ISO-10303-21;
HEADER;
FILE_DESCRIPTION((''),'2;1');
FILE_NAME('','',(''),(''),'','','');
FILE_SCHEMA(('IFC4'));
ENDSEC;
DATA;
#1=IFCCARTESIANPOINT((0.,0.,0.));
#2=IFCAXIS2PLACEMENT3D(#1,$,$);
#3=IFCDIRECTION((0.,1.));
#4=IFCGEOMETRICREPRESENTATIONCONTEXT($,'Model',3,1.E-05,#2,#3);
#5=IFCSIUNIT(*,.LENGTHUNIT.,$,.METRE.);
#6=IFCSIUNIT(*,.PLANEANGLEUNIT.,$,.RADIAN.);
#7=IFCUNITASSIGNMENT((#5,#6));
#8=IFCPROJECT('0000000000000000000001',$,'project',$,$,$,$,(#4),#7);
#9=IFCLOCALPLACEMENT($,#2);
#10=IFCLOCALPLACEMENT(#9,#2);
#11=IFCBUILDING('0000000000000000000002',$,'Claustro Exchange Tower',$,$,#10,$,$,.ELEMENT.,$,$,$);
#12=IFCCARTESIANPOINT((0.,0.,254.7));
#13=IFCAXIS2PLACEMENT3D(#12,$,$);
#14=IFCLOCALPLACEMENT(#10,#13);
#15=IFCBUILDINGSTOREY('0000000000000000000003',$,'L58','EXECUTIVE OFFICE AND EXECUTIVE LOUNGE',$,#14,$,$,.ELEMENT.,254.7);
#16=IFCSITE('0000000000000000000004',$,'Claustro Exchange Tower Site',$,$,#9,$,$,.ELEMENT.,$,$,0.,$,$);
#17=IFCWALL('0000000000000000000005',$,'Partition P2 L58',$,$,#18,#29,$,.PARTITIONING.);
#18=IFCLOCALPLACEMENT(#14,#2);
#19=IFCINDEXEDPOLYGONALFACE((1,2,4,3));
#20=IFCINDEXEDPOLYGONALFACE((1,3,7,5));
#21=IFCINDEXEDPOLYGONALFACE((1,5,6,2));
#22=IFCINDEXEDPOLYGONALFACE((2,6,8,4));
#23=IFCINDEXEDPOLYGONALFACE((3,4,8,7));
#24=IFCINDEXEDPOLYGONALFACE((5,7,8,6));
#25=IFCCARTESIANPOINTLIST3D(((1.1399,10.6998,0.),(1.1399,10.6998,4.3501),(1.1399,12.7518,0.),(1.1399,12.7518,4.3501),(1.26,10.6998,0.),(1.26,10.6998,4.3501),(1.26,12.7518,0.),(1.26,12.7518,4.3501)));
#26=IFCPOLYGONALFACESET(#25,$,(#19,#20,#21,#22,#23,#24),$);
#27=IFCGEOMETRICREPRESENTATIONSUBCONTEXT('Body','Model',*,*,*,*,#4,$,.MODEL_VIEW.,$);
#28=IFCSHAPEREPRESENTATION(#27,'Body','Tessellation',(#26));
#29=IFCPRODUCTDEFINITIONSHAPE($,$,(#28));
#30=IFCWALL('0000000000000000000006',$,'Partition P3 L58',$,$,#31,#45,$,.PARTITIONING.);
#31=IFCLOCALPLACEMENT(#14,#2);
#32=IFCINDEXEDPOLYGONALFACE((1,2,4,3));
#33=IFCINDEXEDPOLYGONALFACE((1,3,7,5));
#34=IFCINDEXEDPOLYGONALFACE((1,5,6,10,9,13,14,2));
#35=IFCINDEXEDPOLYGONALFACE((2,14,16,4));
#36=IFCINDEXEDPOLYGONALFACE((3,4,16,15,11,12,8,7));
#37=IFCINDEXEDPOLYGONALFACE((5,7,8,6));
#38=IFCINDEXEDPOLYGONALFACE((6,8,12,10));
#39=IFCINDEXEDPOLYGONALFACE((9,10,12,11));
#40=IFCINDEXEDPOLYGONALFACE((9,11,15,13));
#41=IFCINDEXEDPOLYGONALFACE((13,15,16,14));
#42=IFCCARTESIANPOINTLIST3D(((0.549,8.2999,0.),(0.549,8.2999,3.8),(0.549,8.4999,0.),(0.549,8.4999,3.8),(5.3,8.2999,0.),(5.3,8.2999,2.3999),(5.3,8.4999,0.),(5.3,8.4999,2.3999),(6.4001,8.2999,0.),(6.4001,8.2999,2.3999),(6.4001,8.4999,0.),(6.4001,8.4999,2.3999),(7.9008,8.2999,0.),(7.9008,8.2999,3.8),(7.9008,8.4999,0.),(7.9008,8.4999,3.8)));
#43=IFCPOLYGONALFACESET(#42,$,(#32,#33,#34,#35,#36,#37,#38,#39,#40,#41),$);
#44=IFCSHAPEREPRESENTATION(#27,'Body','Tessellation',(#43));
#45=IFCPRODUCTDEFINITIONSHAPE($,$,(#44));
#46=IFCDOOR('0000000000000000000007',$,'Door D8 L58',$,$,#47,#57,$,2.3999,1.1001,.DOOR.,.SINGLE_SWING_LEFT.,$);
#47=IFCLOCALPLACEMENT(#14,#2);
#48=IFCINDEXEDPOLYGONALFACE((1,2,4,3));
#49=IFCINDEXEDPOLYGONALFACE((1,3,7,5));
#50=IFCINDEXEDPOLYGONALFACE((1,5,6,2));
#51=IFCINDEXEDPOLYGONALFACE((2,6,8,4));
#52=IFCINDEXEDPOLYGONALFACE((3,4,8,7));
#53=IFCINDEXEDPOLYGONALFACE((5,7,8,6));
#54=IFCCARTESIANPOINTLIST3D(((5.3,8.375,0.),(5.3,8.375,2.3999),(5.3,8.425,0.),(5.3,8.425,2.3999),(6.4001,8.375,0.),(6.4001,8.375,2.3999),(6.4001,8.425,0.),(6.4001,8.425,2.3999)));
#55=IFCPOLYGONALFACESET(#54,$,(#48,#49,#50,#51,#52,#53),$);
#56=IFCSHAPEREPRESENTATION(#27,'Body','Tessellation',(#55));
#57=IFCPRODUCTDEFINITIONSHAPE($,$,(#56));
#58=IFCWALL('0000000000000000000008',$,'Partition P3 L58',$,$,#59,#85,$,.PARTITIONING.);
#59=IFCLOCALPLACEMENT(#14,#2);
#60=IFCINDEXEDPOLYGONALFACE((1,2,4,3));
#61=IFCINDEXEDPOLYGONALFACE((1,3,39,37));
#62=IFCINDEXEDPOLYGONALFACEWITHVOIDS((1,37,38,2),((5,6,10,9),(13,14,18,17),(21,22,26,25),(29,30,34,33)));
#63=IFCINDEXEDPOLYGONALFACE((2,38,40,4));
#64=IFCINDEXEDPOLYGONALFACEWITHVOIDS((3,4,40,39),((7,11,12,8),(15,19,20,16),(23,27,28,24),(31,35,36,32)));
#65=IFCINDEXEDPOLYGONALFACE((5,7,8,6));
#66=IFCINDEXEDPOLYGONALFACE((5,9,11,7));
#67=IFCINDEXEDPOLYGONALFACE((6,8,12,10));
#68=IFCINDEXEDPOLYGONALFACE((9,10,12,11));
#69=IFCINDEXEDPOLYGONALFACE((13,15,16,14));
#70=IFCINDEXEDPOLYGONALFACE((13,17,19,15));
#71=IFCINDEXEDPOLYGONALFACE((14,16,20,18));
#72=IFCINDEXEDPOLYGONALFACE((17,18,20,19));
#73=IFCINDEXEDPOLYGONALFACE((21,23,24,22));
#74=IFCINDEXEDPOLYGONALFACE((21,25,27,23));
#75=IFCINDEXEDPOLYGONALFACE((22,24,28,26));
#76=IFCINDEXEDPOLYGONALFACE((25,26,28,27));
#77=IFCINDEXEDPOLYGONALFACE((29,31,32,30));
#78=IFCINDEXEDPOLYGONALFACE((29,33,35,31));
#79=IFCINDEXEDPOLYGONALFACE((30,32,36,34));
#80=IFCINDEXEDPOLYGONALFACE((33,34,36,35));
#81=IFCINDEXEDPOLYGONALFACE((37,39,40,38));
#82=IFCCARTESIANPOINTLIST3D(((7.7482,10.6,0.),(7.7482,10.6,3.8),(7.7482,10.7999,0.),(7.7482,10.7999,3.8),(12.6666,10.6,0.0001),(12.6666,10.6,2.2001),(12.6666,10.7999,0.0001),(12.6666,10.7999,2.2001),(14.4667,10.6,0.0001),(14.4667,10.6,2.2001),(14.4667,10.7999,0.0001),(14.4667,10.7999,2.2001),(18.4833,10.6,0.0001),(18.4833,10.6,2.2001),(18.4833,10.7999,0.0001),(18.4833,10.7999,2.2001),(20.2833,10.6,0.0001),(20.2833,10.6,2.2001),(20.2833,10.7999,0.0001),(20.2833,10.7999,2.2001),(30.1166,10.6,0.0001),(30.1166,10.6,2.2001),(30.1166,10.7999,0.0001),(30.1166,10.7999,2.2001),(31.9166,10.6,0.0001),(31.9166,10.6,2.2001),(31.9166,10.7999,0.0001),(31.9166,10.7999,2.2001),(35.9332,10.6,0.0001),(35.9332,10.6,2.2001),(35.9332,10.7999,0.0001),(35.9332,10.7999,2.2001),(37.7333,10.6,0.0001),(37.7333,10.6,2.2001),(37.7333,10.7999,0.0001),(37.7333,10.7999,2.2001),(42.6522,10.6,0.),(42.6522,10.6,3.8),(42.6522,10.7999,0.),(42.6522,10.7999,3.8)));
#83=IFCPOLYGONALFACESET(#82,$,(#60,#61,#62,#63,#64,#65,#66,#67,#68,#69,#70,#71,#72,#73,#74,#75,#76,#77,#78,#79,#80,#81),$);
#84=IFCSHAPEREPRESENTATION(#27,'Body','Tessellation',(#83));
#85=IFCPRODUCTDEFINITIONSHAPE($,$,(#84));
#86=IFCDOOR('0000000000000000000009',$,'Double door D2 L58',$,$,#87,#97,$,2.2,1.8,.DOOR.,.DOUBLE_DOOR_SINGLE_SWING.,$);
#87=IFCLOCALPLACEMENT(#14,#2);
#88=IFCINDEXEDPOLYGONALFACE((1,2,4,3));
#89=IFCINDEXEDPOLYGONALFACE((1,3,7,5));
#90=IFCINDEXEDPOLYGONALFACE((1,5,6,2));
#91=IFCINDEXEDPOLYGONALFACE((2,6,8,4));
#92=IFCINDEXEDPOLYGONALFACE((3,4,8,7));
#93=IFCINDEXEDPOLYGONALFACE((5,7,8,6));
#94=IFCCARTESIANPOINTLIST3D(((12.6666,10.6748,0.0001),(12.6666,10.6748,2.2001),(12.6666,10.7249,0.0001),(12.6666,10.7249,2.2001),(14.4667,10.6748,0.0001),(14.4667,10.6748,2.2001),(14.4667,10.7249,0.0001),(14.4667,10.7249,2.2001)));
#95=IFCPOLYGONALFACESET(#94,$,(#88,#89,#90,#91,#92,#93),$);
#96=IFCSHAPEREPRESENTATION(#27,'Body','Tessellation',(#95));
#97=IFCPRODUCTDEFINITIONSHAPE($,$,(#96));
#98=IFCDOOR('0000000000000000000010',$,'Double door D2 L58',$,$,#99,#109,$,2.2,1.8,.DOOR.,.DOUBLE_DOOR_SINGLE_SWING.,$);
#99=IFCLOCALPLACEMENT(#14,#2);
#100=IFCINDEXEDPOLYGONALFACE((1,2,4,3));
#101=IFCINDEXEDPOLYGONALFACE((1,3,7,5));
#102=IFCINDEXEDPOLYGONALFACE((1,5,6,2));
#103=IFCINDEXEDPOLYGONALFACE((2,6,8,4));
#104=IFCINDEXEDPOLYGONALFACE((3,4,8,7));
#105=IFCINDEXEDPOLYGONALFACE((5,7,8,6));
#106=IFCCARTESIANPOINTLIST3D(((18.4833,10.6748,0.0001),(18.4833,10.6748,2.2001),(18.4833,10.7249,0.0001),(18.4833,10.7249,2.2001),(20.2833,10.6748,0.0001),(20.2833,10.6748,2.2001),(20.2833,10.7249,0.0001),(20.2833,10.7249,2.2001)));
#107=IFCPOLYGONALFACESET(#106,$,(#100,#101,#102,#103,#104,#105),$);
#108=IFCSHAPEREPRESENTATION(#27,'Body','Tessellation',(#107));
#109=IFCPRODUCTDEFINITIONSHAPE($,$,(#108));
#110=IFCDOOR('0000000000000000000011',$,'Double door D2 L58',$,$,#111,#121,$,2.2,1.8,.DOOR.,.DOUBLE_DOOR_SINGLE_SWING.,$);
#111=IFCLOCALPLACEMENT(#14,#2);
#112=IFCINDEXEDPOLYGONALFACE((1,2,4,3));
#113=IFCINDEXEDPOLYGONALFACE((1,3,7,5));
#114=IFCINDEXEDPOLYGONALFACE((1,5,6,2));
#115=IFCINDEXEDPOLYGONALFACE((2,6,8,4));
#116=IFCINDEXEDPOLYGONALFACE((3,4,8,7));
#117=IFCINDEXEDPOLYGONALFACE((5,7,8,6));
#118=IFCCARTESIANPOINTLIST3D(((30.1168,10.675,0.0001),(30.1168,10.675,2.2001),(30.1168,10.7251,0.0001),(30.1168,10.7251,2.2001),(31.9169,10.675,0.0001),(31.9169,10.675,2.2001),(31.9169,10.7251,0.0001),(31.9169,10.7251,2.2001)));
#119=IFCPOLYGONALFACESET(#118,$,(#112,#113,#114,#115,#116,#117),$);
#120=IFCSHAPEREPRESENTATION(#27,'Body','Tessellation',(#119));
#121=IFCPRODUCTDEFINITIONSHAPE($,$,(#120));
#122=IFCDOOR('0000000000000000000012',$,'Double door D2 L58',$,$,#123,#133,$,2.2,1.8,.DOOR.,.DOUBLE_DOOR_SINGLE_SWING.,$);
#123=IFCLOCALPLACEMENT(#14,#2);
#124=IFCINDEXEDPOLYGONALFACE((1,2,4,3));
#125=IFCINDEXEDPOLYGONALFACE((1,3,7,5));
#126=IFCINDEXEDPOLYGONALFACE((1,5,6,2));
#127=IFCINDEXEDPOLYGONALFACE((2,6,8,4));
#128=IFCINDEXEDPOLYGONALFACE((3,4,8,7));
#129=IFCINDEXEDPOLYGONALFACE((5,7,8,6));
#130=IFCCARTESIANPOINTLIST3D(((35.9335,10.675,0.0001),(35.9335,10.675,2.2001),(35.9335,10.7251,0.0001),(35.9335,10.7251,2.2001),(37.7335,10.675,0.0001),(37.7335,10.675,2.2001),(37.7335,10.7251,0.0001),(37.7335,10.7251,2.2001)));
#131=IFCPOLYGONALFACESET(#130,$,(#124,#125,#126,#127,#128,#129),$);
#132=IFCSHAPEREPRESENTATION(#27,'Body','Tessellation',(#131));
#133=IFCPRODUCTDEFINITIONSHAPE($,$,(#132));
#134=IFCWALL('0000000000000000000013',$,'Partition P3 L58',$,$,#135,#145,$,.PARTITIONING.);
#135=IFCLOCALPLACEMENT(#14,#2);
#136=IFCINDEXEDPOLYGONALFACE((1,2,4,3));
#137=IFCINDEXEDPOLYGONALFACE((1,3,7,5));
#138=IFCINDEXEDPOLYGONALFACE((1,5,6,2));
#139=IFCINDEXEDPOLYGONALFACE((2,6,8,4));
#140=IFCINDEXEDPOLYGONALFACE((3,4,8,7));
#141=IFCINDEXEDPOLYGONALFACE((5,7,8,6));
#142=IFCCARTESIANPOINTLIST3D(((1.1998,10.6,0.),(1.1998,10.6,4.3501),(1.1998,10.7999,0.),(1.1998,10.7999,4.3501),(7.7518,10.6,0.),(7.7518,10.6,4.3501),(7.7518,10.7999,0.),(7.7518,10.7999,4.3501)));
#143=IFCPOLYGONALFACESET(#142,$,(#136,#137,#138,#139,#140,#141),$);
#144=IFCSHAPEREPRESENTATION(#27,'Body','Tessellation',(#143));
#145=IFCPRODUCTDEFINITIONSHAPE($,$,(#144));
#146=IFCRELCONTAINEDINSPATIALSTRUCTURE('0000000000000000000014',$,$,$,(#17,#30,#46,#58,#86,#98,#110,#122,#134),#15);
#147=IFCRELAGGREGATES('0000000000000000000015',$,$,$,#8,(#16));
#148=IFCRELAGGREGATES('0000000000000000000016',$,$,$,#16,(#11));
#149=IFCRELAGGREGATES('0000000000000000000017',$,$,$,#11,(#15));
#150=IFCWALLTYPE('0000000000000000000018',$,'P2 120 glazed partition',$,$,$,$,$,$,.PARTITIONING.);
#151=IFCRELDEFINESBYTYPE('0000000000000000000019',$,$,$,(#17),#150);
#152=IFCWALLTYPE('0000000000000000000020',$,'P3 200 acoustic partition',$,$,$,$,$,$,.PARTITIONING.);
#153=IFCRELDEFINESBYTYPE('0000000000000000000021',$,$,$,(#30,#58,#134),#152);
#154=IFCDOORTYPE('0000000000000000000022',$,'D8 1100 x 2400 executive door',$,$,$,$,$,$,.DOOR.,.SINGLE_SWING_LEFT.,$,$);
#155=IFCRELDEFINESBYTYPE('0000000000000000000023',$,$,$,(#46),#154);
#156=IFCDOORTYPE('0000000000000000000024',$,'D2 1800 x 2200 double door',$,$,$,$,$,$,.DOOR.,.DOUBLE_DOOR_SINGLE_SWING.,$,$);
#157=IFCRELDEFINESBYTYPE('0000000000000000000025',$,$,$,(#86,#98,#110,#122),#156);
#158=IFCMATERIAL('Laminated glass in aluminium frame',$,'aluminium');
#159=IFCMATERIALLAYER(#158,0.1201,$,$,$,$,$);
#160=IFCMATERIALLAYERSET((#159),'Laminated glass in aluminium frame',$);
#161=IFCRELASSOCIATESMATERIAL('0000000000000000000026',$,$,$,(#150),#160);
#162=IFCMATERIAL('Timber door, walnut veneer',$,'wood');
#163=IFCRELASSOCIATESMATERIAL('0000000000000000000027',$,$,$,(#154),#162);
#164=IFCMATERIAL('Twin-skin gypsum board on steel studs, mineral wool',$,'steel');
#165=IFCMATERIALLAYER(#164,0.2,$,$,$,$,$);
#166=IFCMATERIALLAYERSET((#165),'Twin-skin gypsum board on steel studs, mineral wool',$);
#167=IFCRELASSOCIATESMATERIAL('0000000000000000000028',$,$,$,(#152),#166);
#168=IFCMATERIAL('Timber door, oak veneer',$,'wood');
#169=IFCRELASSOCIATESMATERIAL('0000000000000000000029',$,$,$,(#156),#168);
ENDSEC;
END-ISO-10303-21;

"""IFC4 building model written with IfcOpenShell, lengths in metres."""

from ifc_helpers import new_model, si_unit, direction, frame, frame_2d, origin, place, context, subcontext, project, spatial, rectangle, extrude, material, layer, layer_set, type_object, element, fill, save


model = new_model("IFC4")

# Units and contexts
model_context = context("Model", 3, precision=1e-05, world=origin(), true_north=direction((0.0, 1.0)))
body_context = subcontext(model_context, "Body", "Model", "MODEL_VIEW")
ifc_project = project(units=[si_unit("LENGTHUNIT", "METRE"), si_unit("PLANEANGLEUNIT", "RADIAN")], contexts=[model_context])

# Site, building, storey
site_placement = place(None, origin())
site = spatial("IfcSite", under=ifc_project, at=site_placement, Name="Claustro Exchange Tower Site", CompositionType="ELEMENT", RefElevation=0.0)
building_placement = place(site_placement, origin())
building = spatial("IfcBuilding", under=site, at=building_placement, Name="Claustro Exchange Tower", CompositionType="ELEMENT")
storey_placement = place(building_placement, frame((0.0, 0.0, 254.7)))
storey = spatial("IfcBuildingStorey", under=building, at=storey_placement, Name="L58", Description="EXECUTIVE OFFICE AND EXECUTIVE LOUNGE", CompositionType="ELEMENT", Elevation=254.7)

# Shared definitions
ifc_material_1 = material(Name="Laminated glass in aluminium frame", Category="aluminium")
ifc_layer_1 = layer(ifc_material_1, 0.1201)
ifc_layer_set_1 = layer_set([ifc_layer_1], Name="Laminated glass in aluminium frame")
wall_type_1 = type_object("IfcWallType", Name="P2 120 glazed partition", PredefinedType="PARTITIONING", material=ifc_layer_set_1)
ifc_material_2 = material(Name="Timber door, walnut veneer", Category="wood")
door_type_1 = type_object("IfcDoorType", Name="D8 1100 x 2400 executive door", OperationType="SINGLE_SWING_LEFT", PredefinedType="DOOR", material=ifc_material_2)

# Wall
wall_1_placement = place(storey_placement, frame((1.2, 10.7, 0.0), z_axis=(0.0, 0.0, 1.0), x_axis=(0.0, 1.0, 0.0)))
element("IfcWall", 1, at=wall_1_placement, inside=storey, type_object=wall_type_1, Name="Partition P2 L58", PredefinedType="PARTITIONING", context=body_context, shape_type="SweptSolid", body=[
    extrude(rectangle(XDim=2.052, YDim=0.1201, at=frame_2d((1.0259, 0.0))), origin(), (0.0, 0.0, 1.0), 4.3501),
])

# Wall, opening, door
ifc_material_3 = material(Name="Twin-skin gypsum board on steel studs, mineral wool", Category="steel")
ifc_layer_2 = layer(ifc_material_3, 0.2)
ifc_layer_set_2 = layer_set([ifc_layer_2], Name="Twin-skin gypsum board on steel studs, mineral wool")
wall_type_2 = type_object("IfcWallType", Name="P3 200 acoustic partition", PredefinedType="PARTITIONING", material=ifc_layer_set_2)
wall_2_placement = place(storey_placement, frame((0.5491, 8.3999, 0.0), z_axis=(0.0, 0.0, 1.0), x_axis=(1.0, 0.0, 0.0)))
wall_2 = element("IfcWall", 2, at=wall_2_placement, inside=storey, type_object=wall_type_2, Name="Partition P3 L58", PredefinedType="PARTITIONING", context=body_context, shape_type="SweptSolid", body=[
    extrude(rectangle(XDim=7.3518, YDim=0.2, at=frame_2d((3.6758, 0.0))), origin(), (0.0, 0.0, 1.0), 3.8),
])
opening_1_placement = place(wall_2_placement, frame((4.751, 0.0, 0.0)))
opening_1 = element("IfcOpeningElement", 3, at=opening_1_placement, cuts=wall_2, PredefinedType="OPENING", context=body_context, shape_type="SweptSolid", body=[
    extrude(rectangle(XDim=1.1001, YDim=2.3999, at=frame_2d((0.55, 1.2))), frame((0.0, 0.1099, 0.0), z_axis=(0.0, -1.0, 0.0), x_axis=(1.0, 0.0, 0.0)), (0.0, 0.0, 1.0), 0.22),
])
door_1_placement = place(opening_1_placement, frame((1.1001, 0.0, 0.0), z_axis=(0.0, 0.0, 1.0), x_axis=(-1.0, 0.0, 0.0)))
door_1 = element("IfcDoor", 4, at=door_1_placement, inside=storey, type_object=door_type_1, Name="Door D8 L58", OperationType="SINGLE_SWING_LEFT", OverallHeight=2.3999, OverallWidth=1.1001, PredefinedType="DOOR", context=body_context, shape_type="SweptSolid", body=[
    extrude(rectangle(XDim=1.1001, YDim=2.3999, at=frame_2d((0.55, 1.2))), frame((0.0, 0.0249, 0.0), z_axis=(0.0, -1.0, 0.0), x_axis=(1.0, 0.0, 0.0)), (0.0, 0.0, 1.0), 0.05),
])
fill(opening_1, door_1)

# Wall, openings, doors
wall_3_placement = place(storey_placement, frame((7.748, 10.7, 0.0), z_axis=(0.0, 0.0, 1.0), x_axis=(1.0, 0.0, 0.0)))
wall_3 = element("IfcWall", 5, at=wall_3_placement, inside=storey, type_object=wall_type_2, Name="Partition P3 L58", PredefinedType="PARTITIONING", context=body_context, shape_type="SweptSolid", body=[
    extrude(rectangle(XDim=34.9041, YDim=0.2, at=frame_2d((17.4521, 0.0))), origin(), (0.0, 0.0, 1.0), 3.8),
])
opening_2_placement = place(wall_3_placement, frame((4.9187, 0.0, 0.0)))
opening_2 = element("IfcOpeningElement", 6, at=opening_2_placement, cuts=wall_3, PredefinedType="OPENING", context=body_context, shape_type="SweptSolid", body=[
    extrude(rectangle(XDim=1.8, YDim=2.2, at=frame_2d((0.8999, 1.1001))), frame((0.0, 0.1099, 0.0), z_axis=(0.0, -1.0, 0.0), x_axis=(1.0, 0.0, 0.0)), (0.0, 0.0, 1.0), 0.22),
])
opening_3_placement = place(wall_3_placement, frame((10.7354, 0.0, 0.0)))
opening_3 = element("IfcOpeningElement", 7, at=opening_3_placement, cuts=wall_3, PredefinedType="OPENING", context=body_context, shape_type="SweptSolid", body=[
    extrude(rectangle(XDim=1.8, YDim=2.2, at=frame_2d((0.8999, 1.1001))), frame((0.0, 0.1099, 0.0), z_axis=(0.0, -1.0, 0.0), x_axis=(1.0, 0.0, 0.0)), (0.0, 0.0, 1.0), 0.22),
])
opening_4_placement = place(wall_3_placement, frame((22.3687, 0.0, 0.0)))
opening_4 = element("IfcOpeningElement", 8, at=opening_4_placement, cuts=wall_3, PredefinedType="OPENING", context=body_context, shape_type="SweptSolid", body=[
    extrude(rectangle(XDim=1.8, YDim=2.2, at=frame_2d((0.8999, 1.1001))), frame((0.0, 0.1099, 0.0), z_axis=(0.0, -1.0, 0.0), x_axis=(1.0, 0.0, 0.0)), (0.0, 0.0, 1.0), 0.22),
])
opening_5_placement = place(wall_3_placement, frame((28.1853, 0.0, 0.0)))
opening_5 = element("IfcOpeningElement", 9, at=opening_5_placement, cuts=wall_3, PredefinedType="OPENING", context=body_context, shape_type="SweptSolid", body=[
    extrude(rectangle(XDim=1.8, YDim=2.2, at=frame_2d((0.8999, 1.1001))), frame((0.0, 0.1099, 0.0), z_axis=(0.0, -1.0, 0.0), x_axis=(1.0, 0.0, 0.0)), (0.0, 0.0, 1.0), 0.22),
])
ifc_material_4 = material(Name="Timber door, oak veneer", Category="wood")
door_type_2 = type_object("IfcDoorType", Name="D2 1800 x 2200 double door", OperationType="DOUBLE_DOOR_SINGLE_SWING", PredefinedType="DOOR", material=ifc_material_4)
door_2_placement = place(opening_2_placement, origin())
door_2 = element("IfcDoor", 10, at=door_2_placement, inside=storey, type_object=door_type_2, Name="Double door D2 L58", OperationType="DOUBLE_DOOR_SINGLE_SWING", OverallHeight=2.2, OverallWidth=1.8, PredefinedType="DOOR", context=body_context, shape_type="SweptSolid", body=[
    extrude(rectangle(XDim=1.8, YDim=2.2, at=frame_2d((0.8999, 1.1001))), frame((0.0, 0.0249, 0.0), z_axis=(0.0, -1.0, 0.0), x_axis=(1.0, 0.0, 0.0)), (0.0, 0.0, 1.0), 0.05),
])
fill(opening_2, door_2)
door_3_placement = place(opening_3_placement, origin())
door_3 = element("IfcDoor", 11, at=door_3_placement, inside=storey, type_object=door_type_2, Name="Double door D2 L58", OperationType="DOUBLE_DOOR_SINGLE_SWING", OverallHeight=2.2, OverallWidth=1.8, PredefinedType="DOOR", context=body_context, shape_type="SweptSolid", body=[
    extrude(rectangle(XDim=1.8, YDim=2.2, at=frame_2d((0.8999, 1.1001))), frame((0.0, 0.0249, 0.0), z_axis=(0.0, -1.0, 0.0), x_axis=(1.0, 0.0, 0.0)), (0.0, 0.0, 1.0), 0.05),
])
fill(opening_3, door_3)
door_4_placement = place(opening_4_placement, frame((1.8, 0.0, 0.0), z_axis=(0.0, 0.0, 1.0), x_axis=(-1.0, 0.0, 0.0)))
door_4 = element("IfcDoor", 12, at=door_4_placement, inside=storey, type_object=door_type_2, Name="Double door D2 L58", OperationType="DOUBLE_DOOR_SINGLE_SWING", OverallHeight=2.2, OverallWidth=1.8, PredefinedType="DOOR", context=body_context, shape_type="SweptSolid", body=[
    extrude(rectangle(XDim=1.8, YDim=2.2, at=frame_2d((0.8999, 1.1001))), frame((0.0, 0.0249, 0.0), z_axis=(0.0, -1.0, 0.0), x_axis=(1.0, 0.0, 0.0)), (0.0, 0.0, 1.0), 0.05),
])
fill(opening_4, door_4)
door_5_placement = place(opening_5_placement, frame((1.8, 0.0, 0.0), z_axis=(0.0, 0.0, 1.0), x_axis=(-1.0, 0.0, 0.0)))
door_5 = element("IfcDoor", 13, at=door_5_placement, inside=storey, type_object=door_type_2, Name="Double door D2 L58", OperationType="DOUBLE_DOOR_SINGLE_SWING", OverallHeight=2.2, OverallWidth=1.8, PredefinedType="DOOR", context=body_context, shape_type="SweptSolid", body=[
    extrude(rectangle(XDim=1.8, YDim=2.2, at=frame_2d((0.8999, 1.1001))), frame((0.0, 0.0249, 0.0), z_axis=(0.0, -1.0, 0.0), x_axis=(1.0, 0.0, 0.0)), (0.0, 0.0, 1.0), 0.05),
])
fill(opening_5, door_5)

# Wall
wall_4_placement = place(storey_placement, frame((1.2, 10.7, 0.0), z_axis=(0.0, 0.0, 1.0), x_axis=(1.0, 0.0, 0.0)))
element("IfcWall", 14, at=wall_4_placement, inside=storey, type_object=wall_type_2, Name="Partition P3 L58", PredefinedType="PARTITIONING", context=body_context, shape_type="SweptSolid", body=[
    extrude(rectangle(XDim=6.552, YDim=0.2, at=frame_2d((3.2759, 0.0))), origin(), (0.0, 0.0, 1.0), 4.3501),
])

save(model, "model.ifc")
